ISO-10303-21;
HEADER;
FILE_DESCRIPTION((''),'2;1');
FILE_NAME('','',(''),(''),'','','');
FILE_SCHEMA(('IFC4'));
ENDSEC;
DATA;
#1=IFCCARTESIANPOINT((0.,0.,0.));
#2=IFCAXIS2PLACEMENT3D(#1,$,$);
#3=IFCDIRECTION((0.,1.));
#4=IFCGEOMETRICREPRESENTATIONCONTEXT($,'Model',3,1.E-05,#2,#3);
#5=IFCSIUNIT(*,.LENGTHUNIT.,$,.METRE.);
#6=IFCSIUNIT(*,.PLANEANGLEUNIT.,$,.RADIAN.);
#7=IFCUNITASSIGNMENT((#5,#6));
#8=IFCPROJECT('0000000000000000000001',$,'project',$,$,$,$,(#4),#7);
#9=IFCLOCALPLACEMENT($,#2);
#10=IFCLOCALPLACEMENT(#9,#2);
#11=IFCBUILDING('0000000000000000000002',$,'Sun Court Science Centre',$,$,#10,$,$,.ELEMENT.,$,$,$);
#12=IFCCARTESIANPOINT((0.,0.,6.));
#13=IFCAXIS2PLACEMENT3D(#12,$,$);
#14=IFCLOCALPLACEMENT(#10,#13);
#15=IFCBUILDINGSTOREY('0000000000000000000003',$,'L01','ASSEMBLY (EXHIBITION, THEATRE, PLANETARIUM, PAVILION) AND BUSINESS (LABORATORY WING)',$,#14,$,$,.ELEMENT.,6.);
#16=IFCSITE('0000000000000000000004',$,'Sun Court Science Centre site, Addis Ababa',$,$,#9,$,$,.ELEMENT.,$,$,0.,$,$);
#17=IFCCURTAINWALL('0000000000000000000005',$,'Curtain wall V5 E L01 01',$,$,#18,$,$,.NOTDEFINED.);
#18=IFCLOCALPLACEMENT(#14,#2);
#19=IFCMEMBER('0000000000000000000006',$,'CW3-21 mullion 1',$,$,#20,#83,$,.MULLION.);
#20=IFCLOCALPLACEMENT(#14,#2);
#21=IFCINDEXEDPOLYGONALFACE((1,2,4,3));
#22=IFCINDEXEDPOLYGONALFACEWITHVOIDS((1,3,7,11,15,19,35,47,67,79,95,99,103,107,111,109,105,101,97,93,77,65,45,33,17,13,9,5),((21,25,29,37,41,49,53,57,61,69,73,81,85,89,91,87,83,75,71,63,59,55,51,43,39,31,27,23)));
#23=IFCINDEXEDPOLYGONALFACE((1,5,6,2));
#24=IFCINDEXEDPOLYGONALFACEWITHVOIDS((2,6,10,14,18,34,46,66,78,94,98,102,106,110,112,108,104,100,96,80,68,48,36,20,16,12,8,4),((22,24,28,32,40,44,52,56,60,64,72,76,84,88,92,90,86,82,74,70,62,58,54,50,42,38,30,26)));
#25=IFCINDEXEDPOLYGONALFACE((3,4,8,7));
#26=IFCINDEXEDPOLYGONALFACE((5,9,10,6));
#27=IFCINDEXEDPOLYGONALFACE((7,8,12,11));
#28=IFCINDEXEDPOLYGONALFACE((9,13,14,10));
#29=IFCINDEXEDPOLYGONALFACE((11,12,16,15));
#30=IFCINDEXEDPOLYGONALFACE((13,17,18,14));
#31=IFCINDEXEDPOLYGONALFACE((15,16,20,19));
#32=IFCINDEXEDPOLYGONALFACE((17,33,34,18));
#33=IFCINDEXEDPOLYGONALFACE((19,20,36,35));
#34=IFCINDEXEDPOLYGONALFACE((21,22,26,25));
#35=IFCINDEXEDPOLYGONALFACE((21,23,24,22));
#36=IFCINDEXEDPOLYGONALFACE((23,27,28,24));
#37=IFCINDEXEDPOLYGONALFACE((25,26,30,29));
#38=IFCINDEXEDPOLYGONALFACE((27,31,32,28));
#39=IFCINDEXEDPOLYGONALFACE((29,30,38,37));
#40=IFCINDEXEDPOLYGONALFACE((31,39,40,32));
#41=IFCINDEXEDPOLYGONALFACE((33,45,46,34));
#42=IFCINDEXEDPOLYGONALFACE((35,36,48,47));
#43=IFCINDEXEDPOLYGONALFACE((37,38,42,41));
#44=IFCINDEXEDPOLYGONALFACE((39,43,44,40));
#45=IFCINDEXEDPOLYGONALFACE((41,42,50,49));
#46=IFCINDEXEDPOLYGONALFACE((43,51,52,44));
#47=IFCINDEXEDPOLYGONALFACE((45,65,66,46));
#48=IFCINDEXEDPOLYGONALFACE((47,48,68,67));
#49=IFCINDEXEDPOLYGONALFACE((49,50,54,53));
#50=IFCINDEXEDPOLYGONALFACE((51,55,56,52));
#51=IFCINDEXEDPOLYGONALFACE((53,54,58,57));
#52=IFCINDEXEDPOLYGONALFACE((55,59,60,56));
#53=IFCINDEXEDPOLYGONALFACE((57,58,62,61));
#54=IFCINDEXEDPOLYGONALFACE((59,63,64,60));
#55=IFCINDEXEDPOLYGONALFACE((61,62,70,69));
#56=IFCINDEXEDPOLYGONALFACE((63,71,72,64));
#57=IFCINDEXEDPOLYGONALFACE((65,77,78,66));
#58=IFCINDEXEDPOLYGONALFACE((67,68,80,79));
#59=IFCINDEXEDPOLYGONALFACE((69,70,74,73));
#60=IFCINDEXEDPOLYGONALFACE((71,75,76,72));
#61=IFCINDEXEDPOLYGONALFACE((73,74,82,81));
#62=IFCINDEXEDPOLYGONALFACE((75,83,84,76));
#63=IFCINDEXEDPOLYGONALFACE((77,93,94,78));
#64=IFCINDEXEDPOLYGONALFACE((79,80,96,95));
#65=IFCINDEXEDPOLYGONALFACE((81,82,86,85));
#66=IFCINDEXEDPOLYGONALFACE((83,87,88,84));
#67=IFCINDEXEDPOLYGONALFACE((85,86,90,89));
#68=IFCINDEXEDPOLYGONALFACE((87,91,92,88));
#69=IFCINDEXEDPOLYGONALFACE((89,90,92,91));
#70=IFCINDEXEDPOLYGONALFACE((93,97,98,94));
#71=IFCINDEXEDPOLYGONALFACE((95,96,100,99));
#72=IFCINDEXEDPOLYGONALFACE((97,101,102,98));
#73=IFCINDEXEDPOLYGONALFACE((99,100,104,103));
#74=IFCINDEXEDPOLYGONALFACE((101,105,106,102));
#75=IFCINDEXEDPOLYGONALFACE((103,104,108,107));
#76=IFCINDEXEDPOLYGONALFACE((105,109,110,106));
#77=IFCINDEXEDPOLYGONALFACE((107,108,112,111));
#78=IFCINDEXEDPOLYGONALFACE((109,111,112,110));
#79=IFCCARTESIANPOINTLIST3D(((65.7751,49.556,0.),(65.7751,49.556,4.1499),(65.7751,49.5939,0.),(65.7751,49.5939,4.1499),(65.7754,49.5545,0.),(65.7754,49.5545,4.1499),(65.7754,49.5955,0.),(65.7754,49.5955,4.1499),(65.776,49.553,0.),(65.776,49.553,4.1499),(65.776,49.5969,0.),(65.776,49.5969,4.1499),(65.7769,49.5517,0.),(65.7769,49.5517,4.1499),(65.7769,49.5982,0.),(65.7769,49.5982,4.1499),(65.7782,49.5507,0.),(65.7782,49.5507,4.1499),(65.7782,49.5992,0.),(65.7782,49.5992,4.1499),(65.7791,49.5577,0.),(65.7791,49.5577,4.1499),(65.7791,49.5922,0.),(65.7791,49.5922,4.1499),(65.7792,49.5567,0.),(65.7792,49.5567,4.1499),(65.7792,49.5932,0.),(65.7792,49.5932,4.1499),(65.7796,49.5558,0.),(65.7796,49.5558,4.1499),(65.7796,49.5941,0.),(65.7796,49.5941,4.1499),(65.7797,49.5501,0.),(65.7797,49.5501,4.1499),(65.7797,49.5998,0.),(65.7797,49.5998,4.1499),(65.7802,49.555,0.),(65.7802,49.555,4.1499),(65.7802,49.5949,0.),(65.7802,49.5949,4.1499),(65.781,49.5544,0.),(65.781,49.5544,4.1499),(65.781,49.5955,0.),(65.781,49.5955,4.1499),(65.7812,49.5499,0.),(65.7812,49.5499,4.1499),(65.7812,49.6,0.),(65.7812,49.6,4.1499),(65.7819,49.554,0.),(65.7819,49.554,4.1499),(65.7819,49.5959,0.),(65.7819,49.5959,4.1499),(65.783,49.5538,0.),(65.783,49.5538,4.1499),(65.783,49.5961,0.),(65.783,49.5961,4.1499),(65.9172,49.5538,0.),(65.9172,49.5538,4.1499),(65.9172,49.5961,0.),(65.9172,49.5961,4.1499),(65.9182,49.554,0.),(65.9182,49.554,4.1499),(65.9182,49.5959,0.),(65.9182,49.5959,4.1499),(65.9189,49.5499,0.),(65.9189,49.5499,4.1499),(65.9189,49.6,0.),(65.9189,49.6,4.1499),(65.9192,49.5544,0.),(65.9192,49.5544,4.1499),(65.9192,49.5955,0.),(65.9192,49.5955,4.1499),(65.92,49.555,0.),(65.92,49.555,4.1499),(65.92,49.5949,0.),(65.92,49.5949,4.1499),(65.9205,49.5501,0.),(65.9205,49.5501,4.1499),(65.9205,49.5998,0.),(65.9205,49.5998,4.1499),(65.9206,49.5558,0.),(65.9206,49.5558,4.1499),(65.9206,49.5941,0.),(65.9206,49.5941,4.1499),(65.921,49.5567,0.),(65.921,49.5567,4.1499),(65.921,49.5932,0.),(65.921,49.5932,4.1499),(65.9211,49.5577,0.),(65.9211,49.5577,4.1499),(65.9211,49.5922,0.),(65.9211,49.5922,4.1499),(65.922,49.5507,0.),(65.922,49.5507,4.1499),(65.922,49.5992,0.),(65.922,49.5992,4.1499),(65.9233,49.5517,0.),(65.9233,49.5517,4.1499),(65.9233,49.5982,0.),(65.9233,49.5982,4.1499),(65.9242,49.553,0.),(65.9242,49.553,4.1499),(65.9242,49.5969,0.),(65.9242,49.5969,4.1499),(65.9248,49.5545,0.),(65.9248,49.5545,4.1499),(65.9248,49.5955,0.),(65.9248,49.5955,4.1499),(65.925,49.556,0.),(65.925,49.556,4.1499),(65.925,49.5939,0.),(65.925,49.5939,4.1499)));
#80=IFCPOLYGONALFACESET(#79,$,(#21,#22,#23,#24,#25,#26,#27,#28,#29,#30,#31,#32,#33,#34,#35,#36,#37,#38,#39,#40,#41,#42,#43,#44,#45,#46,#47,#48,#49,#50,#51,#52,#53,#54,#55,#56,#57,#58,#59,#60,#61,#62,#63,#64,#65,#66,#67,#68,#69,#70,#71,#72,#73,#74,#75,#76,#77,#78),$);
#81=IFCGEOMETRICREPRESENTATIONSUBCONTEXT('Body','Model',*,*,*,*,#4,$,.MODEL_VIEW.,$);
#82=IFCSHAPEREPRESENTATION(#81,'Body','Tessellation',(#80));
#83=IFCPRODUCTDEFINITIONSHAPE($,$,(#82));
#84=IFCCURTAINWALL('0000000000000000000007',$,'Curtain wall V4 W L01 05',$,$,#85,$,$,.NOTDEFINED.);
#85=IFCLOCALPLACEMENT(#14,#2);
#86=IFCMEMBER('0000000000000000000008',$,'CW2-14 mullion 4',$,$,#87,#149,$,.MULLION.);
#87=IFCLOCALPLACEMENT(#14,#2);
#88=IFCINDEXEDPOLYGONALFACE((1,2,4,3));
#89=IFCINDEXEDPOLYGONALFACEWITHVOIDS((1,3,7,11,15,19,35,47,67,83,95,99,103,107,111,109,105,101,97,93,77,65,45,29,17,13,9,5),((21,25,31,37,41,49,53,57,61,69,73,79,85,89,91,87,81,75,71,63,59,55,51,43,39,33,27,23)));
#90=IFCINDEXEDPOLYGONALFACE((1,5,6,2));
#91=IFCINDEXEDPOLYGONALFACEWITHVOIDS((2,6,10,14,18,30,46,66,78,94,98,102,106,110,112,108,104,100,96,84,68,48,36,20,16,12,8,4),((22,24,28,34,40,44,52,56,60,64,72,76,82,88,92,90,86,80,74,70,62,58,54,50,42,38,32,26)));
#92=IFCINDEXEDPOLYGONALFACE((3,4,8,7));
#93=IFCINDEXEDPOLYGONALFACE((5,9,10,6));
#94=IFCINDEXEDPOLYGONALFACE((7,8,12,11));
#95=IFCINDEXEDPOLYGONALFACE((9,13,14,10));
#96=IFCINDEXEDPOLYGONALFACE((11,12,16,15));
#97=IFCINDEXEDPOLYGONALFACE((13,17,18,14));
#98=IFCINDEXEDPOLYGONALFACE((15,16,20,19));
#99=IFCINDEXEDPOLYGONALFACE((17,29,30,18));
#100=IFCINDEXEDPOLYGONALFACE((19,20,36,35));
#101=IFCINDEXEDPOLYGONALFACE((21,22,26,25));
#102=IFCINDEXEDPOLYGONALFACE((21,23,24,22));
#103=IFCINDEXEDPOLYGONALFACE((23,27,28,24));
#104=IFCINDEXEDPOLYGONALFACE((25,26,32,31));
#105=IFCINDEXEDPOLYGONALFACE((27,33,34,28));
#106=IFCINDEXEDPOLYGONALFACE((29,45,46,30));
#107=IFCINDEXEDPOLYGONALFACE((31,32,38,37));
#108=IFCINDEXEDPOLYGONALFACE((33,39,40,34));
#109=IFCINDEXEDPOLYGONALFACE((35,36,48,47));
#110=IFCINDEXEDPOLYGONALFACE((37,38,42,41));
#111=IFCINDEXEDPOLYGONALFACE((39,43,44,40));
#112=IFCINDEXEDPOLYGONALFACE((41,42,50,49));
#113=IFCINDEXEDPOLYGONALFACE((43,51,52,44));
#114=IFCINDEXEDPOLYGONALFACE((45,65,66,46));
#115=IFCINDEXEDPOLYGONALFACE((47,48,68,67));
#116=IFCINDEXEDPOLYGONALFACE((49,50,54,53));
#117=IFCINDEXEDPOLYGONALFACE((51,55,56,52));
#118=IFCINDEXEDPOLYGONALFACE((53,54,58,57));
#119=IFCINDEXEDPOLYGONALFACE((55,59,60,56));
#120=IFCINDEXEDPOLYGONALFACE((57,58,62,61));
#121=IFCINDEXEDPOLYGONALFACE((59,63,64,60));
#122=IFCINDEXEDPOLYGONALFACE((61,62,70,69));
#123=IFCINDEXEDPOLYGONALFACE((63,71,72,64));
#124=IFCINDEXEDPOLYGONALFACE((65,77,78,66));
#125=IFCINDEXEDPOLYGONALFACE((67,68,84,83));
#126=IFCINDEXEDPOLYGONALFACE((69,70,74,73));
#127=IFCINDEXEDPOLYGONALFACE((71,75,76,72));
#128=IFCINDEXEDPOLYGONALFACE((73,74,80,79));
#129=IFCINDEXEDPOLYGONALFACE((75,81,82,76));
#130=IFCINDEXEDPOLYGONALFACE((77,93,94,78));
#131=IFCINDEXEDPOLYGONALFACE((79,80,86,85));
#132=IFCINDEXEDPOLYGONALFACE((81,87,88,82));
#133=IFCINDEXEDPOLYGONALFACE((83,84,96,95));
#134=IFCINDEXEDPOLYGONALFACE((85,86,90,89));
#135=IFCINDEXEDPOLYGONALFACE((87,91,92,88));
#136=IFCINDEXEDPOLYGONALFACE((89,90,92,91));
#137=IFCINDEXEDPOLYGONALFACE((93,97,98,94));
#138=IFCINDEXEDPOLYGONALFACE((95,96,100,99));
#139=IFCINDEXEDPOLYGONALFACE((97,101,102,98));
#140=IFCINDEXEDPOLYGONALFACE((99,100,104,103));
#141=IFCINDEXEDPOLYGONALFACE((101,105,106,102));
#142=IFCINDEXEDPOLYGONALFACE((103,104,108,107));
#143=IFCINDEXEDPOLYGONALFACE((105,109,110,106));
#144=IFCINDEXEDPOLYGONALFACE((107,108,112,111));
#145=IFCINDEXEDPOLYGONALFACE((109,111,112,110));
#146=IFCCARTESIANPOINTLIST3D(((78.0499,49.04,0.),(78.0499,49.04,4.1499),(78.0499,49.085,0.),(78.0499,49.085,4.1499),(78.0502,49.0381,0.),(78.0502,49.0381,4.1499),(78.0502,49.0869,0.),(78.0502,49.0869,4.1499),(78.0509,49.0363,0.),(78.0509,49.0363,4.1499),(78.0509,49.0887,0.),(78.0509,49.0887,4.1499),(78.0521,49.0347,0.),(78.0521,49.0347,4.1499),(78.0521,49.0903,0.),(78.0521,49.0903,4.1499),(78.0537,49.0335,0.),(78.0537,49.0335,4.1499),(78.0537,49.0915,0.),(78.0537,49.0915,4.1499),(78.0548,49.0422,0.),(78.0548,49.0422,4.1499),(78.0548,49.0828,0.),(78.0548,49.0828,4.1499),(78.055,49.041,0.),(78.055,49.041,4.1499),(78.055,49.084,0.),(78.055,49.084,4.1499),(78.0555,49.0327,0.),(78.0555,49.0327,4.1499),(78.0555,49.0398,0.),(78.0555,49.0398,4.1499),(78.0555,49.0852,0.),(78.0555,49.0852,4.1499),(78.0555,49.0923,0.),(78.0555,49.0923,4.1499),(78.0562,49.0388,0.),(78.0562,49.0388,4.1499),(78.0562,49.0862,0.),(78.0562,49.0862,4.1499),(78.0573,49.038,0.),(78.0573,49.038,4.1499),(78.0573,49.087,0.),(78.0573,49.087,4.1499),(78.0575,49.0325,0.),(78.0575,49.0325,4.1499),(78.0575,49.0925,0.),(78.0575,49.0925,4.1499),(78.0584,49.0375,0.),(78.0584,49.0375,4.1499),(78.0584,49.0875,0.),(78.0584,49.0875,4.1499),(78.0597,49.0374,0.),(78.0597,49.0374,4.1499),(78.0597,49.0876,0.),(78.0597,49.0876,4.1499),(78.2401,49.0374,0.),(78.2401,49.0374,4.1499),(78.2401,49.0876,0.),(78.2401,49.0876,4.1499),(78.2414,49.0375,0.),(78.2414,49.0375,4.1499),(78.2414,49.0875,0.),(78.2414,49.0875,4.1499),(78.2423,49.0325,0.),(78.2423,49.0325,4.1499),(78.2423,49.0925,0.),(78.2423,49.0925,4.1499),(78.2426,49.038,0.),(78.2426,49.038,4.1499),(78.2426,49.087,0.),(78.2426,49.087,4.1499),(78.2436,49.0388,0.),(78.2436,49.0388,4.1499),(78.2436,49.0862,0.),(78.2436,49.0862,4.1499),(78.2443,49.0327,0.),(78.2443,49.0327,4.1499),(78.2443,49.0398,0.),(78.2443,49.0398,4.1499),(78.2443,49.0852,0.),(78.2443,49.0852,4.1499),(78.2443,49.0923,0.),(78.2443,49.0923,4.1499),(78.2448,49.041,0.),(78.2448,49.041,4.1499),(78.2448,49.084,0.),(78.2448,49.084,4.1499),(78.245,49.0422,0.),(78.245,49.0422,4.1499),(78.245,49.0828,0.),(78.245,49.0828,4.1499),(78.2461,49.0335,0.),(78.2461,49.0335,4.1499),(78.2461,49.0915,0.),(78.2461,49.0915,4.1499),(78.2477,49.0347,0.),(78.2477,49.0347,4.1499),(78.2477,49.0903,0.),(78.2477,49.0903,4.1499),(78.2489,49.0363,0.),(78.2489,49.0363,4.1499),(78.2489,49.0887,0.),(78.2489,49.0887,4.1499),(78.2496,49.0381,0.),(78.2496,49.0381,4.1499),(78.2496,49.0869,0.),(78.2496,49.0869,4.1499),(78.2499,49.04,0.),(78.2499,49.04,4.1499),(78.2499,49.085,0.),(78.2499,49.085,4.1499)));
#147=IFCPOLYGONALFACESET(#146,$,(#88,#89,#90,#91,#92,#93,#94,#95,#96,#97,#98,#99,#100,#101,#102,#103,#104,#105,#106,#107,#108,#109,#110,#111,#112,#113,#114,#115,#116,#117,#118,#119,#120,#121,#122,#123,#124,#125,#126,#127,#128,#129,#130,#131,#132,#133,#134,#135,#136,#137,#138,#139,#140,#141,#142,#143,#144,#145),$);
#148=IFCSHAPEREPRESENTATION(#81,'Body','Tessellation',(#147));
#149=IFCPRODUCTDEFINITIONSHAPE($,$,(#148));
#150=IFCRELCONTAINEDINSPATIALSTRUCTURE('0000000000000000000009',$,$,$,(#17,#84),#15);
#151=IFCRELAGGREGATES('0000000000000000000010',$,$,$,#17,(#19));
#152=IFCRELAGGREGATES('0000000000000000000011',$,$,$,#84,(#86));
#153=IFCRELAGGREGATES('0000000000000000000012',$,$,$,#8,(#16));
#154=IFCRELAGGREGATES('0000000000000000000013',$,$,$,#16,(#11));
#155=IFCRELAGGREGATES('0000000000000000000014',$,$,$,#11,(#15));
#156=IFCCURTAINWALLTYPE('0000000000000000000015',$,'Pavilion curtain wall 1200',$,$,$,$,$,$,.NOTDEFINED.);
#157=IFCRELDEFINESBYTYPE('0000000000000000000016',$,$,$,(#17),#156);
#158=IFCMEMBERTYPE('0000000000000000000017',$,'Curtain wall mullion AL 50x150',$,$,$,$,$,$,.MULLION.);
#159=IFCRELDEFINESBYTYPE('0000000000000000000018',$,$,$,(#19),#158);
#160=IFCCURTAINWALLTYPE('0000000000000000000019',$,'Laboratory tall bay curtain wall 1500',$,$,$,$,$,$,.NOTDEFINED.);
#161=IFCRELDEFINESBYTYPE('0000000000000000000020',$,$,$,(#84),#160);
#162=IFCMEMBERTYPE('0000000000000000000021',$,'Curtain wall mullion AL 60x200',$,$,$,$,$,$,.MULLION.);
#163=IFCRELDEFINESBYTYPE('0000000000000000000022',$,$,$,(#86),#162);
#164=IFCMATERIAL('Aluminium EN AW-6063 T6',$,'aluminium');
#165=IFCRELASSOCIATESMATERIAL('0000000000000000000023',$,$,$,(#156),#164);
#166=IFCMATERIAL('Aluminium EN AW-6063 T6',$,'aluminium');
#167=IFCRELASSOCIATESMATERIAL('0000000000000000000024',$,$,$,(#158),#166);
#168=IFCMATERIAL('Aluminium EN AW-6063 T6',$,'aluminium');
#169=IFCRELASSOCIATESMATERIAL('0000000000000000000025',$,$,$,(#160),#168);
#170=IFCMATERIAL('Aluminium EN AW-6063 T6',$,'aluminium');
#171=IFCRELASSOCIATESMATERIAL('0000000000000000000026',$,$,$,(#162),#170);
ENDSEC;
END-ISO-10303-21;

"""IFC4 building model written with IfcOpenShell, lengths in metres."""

from ifc_helpers import new_model, si_unit, direction, frame, origin, origin_2d, place, context, subcontext, project, spatial, hollow_rectangle, extrude, material, material_profile, profile_set, type_object, element, aggregate, save


model = new_model("IFC4")

# Units and contexts
model_context = context("Model", 3, precision=1e-05, world=origin(), true_north=direction((0.0, 1.0)))
body_context = subcontext(model_context, "Body", "Model", "MODEL_VIEW")
ifc_project = project(units=[si_unit("LENGTHUNIT", "METRE"), si_unit("PLANEANGLEUNIT", "RADIAN")], contexts=[model_context])

# Site, building, storey
site_placement = place(None, origin())
site = spatial("IfcSite", under=ifc_project, at=site_placement, Name="Sun Court Science Centre site, Addis Ababa", CompositionType="ELEMENT", RefElevation=0.0)
building_placement = place(site_placement, origin())
building = spatial("IfcBuilding", under=site, at=building_placement, Name="Sun Court Science Centre", CompositionType="ELEMENT")
storey_placement = place(building_placement, frame((0.0, 0.0, 6.0)))
storey = spatial("IfcBuildingStorey", under=building, at=storey_placement, Name="L01", Description="ASSEMBLY (EXHIBITION, THEATRE, PLANETARIUM, PAVILION) AND BUSINESS (LABORATORY WING)", CompositionType="ELEMENT", Elevation=6.0)

# Shared definitions
ifc_material_1 = material(Name="Aluminium EN AW-6063 T6", Category="aluminium")
curtain_wall_type_1 = type_object("IfcCurtainWallType", Name="Pavilion curtain wall 1200", PredefinedType="NOTDEFINED", material=ifc_material_1)
ifc_material_2 = material(Name="Aluminium EN AW-6063 T6", Category="aluminium")
ifc_material_profile_1 = material_profile(ifc_material_2, hollow_rectangle(XDim=0.05, YDim=0.1499, WallThickness=0.0039, InnerFilletRadius=0.0039, OuterFilletRadius=0.0061, at=origin_2d()), Name="AL 50x150x4")
ifc_profile_set_1 = profile_set([ifc_material_profile_1], Name="Aluminium EN AW-6063 T6")
member_type_1 = type_object("IfcMemberType", Name="Curtain wall mullion AL 50x150", PredefinedType="MULLION", material=ifc_profile_set_1)

# Curtain wall, member
curtain_wall_1_placement = place(storey_placement, origin())
curtain_wall_1 = element("IfcCurtainWall", 1, at=curtain_wall_1_placement, inside=storey, type_object=curtain_wall_type_1, Name="Curtain wall V5 E L01 01", PredefinedType="NOTDEFINED")
member_1_placement = place(storey_placement, frame((65.8501, 49.575, 0.0), z_axis=(0.0, 0.0, 1.0), x_axis=(0.0, -1.0, 0.0)))
member_1 = element("IfcMember", 2, at=member_1_placement, type_object=member_type_1, Name="CW3-21 mullion 1", PredefinedType="MULLION", context=body_context, shape_type="SweptSolid", body=[
    extrude(hollow_rectangle(XDim=0.05, YDim=0.1499, WallThickness=0.0039, InnerFilletRadius=0.0039, OuterFilletRadius=0.0061, at=origin_2d()), origin(), (0.0, 0.0, 1.0), 4.1499),
])

# Curtain wall, member
ifc_material_3 = material(Name="Aluminium EN AW-6063 T6", Category="aluminium")
curtain_wall_type_2 = type_object("IfcCurtainWallType", Name="Laboratory tall bay curtain wall 1500", PredefinedType="NOTDEFINED", material=ifc_material_3)
curtain_wall_2_placement = place(storey_placement, origin())
curtain_wall_2 = element("IfcCurtainWall", 3, at=curtain_wall_2_placement, inside=storey, type_object=curtain_wall_type_2, Name="Curtain wall V4 W L01 05", PredefinedType="NOTDEFINED")
ifc_material_4 = material(Name="Aluminium EN AW-6063 T6", Category="aluminium")
ifc_material_profile_2 = material_profile(ifc_material_4, hollow_rectangle(XDim=0.0601, YDim=0.2, WallThickness=0.0049, InnerFilletRadius=0.0049, OuterFilletRadius=0.0076, at=origin_2d()), Name="AL 60x200x5")
ifc_profile_set_2 = profile_set([ifc_material_profile_2], Name="Aluminium EN AW-6063 T6")
member_type_2 = type_object("IfcMemberType", Name="Curtain wall mullion AL 60x200", PredefinedType="MULLION", material=ifc_profile_set_2)
member_2_placement = place(storey_placement, frame((78.1499, 49.0625, 0.0), z_axis=(0.0, 0.0, 1.0), x_axis=(0.0, 1.0, 0.0)))
member_2 = element("IfcMember", 4, at=member_2_placement, type_object=member_type_2, Name="CW2-14 mullion 4", PredefinedType="MULLION", context=body_context, shape_type="SweptSolid", body=[
    extrude(hollow_rectangle(XDim=0.0601, YDim=0.2, WallThickness=0.0049, InnerFilletRadius=0.0049, OuterFilletRadius=0.0076, at=origin_2d()), origin(), (0.0, 0.0, 1.0), 4.1499),
])

aggregate(curtain_wall_1, [member_1])
aggregate(curtain_wall_2, [member_2])

save(model, "model.ifc")
